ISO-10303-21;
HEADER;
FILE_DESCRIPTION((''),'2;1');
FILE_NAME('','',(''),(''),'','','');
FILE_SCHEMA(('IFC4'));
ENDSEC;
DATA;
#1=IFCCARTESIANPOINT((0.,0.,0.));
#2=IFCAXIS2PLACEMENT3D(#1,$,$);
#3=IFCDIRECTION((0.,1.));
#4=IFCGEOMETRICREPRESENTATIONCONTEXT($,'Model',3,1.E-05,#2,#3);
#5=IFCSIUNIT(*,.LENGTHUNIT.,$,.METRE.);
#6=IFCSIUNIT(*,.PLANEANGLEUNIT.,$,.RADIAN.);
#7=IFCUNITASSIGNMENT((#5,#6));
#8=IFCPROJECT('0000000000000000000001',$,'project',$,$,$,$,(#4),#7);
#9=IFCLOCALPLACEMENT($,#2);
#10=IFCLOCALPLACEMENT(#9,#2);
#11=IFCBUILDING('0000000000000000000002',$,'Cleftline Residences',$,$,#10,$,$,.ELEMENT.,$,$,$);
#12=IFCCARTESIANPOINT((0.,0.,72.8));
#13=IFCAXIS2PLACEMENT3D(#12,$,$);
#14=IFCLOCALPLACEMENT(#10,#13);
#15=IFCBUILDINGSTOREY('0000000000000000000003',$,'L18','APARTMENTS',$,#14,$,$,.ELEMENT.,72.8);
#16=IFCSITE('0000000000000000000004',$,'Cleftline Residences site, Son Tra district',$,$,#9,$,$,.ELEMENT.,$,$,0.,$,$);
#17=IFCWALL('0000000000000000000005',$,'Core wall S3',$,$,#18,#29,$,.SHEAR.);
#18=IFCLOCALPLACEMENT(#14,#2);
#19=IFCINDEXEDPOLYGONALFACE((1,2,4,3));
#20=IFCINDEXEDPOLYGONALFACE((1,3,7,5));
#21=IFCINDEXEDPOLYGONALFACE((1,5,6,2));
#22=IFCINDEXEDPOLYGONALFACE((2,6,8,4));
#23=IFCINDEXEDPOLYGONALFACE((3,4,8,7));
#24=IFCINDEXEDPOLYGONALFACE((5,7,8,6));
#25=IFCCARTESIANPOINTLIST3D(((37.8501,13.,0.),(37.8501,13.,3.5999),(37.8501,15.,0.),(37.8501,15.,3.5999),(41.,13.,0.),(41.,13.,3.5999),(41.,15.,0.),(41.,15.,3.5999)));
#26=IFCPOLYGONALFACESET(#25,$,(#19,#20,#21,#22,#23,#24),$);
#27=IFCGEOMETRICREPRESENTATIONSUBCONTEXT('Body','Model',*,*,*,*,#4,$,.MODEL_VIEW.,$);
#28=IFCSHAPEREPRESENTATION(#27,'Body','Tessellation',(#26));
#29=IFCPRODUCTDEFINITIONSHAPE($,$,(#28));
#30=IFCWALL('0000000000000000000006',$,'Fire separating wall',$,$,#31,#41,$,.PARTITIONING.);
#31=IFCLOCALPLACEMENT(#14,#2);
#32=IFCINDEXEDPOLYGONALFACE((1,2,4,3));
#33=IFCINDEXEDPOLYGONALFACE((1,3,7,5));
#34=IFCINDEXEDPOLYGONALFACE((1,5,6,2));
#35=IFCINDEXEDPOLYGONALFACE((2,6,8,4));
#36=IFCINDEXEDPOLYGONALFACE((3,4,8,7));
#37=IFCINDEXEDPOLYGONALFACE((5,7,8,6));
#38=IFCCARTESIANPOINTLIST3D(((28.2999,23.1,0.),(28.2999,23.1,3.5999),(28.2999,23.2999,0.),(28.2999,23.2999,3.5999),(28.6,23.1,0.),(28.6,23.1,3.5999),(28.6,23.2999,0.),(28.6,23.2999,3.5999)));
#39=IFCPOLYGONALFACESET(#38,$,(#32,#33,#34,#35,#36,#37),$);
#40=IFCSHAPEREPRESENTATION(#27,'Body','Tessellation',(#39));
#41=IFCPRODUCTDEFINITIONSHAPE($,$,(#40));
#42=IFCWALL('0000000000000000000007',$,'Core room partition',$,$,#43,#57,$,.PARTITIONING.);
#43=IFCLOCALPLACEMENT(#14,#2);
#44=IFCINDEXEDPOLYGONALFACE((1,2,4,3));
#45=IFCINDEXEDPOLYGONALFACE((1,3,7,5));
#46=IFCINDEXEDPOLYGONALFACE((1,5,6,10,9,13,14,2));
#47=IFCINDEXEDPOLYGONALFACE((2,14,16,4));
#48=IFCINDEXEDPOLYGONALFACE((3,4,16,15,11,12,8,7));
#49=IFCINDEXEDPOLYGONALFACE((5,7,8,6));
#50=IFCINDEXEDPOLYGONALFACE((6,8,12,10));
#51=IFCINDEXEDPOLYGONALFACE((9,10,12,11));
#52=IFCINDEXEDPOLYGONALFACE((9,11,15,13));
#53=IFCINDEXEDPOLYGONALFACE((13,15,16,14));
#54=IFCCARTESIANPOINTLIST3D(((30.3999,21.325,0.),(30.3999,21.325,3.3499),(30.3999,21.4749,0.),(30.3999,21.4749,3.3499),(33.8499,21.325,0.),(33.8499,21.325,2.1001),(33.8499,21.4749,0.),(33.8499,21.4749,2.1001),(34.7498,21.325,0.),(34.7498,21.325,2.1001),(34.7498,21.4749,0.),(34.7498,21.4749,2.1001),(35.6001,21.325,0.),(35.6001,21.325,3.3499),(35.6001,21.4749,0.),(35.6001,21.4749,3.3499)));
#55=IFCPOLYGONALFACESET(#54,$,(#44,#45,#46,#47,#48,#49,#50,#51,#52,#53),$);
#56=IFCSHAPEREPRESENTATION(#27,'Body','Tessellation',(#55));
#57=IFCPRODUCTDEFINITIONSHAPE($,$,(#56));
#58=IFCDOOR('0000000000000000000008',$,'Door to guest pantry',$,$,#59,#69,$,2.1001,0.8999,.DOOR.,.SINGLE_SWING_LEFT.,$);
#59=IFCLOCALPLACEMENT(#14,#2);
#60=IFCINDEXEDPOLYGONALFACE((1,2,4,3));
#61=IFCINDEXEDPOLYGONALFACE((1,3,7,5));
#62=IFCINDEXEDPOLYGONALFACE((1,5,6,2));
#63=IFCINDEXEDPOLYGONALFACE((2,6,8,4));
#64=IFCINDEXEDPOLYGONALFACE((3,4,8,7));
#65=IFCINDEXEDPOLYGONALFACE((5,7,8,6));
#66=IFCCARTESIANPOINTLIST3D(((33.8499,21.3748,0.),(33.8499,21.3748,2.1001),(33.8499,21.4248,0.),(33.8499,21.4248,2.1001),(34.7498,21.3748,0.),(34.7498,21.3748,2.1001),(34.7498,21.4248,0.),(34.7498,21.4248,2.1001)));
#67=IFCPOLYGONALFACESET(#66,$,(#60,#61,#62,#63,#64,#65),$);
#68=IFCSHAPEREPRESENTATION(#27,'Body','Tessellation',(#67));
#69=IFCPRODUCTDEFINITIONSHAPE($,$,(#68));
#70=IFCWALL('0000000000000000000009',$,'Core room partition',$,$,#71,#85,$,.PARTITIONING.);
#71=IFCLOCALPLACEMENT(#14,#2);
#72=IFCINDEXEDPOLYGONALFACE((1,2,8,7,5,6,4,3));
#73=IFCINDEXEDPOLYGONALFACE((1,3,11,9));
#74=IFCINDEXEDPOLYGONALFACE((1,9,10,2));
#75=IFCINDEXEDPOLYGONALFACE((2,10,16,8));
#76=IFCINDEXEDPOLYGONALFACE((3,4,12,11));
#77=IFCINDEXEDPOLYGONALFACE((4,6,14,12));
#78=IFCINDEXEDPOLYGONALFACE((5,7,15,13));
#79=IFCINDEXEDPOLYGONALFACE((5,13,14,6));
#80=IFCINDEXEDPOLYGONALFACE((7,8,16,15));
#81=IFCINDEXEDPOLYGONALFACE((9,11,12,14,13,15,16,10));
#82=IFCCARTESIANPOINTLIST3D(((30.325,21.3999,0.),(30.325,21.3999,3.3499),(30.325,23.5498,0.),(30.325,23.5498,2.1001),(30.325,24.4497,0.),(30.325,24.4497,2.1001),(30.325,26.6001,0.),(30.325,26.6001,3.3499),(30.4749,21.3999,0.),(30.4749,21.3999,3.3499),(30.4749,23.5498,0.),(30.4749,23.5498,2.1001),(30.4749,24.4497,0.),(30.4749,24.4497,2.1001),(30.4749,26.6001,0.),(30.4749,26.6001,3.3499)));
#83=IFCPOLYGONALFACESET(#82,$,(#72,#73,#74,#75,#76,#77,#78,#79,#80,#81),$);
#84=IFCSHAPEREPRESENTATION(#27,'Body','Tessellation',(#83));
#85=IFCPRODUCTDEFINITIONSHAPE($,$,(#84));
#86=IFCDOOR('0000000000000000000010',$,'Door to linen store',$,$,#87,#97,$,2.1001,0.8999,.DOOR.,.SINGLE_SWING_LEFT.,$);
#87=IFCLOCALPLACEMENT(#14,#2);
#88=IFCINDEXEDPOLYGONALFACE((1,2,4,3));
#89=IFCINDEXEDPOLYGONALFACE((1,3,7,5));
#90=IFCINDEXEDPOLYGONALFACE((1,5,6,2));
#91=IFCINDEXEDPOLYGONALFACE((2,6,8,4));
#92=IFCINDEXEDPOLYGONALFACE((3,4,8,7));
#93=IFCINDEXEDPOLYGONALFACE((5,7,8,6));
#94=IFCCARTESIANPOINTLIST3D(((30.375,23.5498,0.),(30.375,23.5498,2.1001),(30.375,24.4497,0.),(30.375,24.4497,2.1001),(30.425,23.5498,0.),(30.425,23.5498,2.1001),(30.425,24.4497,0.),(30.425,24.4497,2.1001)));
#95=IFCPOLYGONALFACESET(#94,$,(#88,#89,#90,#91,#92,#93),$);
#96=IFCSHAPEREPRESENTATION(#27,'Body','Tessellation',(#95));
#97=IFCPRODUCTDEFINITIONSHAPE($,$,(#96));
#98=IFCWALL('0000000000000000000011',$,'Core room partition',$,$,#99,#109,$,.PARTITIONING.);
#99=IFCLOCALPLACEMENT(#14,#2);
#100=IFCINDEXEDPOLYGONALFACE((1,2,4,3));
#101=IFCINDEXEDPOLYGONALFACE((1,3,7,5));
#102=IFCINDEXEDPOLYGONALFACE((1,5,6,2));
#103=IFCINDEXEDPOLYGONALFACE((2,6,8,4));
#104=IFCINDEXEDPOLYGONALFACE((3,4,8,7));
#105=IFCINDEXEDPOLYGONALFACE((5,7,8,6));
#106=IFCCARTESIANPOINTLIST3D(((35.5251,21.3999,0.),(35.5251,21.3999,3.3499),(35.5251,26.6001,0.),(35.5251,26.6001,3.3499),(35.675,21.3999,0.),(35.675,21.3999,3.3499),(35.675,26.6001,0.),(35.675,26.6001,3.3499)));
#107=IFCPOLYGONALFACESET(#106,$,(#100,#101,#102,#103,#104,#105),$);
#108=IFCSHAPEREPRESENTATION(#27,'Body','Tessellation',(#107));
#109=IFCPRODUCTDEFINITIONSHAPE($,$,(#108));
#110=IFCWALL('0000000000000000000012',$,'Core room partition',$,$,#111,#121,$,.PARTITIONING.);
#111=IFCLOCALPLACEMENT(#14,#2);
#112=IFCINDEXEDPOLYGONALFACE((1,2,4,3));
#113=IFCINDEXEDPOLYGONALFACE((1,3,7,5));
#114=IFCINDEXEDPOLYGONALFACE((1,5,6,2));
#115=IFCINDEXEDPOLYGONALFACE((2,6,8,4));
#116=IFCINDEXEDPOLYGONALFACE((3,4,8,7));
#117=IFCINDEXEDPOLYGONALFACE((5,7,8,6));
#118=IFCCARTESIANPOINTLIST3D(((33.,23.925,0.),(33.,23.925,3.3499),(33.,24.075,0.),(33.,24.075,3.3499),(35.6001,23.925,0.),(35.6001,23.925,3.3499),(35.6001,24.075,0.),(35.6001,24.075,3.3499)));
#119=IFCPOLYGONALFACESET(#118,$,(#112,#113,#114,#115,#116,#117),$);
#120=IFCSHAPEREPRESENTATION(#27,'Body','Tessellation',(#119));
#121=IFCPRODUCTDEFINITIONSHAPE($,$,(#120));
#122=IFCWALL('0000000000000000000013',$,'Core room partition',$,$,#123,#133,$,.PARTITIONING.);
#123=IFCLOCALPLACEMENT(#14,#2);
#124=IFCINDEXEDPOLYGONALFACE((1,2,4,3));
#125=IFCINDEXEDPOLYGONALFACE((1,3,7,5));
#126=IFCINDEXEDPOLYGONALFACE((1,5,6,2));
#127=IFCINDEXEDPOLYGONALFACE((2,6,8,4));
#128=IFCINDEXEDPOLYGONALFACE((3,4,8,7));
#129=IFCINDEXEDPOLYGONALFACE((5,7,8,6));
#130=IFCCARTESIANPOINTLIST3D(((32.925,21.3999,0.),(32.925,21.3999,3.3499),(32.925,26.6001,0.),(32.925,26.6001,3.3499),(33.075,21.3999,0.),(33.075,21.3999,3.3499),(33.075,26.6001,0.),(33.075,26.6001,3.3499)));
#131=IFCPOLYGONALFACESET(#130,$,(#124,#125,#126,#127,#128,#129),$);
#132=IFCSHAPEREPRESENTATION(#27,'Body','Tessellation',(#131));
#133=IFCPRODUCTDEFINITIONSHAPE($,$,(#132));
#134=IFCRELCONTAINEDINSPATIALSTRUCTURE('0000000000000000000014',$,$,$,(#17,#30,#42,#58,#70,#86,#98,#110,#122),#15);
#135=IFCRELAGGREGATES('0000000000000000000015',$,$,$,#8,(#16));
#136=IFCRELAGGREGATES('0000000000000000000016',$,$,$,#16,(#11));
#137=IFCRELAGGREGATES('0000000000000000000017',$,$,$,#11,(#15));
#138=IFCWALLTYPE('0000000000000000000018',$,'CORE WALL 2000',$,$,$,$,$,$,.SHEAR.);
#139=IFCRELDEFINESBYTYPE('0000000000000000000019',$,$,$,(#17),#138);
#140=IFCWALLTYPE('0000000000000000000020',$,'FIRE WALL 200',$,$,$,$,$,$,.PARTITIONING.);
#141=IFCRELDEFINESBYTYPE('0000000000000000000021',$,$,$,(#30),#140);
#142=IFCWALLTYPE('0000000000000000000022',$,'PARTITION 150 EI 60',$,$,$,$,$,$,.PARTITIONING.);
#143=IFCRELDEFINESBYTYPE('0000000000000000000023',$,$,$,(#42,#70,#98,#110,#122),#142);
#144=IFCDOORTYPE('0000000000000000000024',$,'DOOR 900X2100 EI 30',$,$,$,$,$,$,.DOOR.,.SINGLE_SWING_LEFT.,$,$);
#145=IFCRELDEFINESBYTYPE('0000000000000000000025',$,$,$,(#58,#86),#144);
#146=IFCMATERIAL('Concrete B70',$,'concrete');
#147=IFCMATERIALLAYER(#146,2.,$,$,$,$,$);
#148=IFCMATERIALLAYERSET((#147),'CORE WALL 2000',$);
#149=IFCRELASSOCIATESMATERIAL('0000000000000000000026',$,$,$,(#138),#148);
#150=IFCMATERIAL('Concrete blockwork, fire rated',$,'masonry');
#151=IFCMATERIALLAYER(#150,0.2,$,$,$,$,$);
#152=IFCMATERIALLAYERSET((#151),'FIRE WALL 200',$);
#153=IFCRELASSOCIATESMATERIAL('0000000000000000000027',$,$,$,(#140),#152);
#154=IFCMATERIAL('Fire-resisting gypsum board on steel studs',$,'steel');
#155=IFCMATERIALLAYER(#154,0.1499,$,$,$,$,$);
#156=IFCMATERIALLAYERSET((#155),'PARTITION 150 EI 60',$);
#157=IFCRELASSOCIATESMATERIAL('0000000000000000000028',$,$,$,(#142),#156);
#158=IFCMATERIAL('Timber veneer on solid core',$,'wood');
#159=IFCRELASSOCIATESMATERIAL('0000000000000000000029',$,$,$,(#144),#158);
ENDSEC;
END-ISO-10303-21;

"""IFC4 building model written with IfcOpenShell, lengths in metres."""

from ifc_helpers import new_model, si_unit, direction, frame, frame_2d, origin, place, context, subcontext, project, spatial, rectangle, extrude, material, layer, layer_set, type_object, element, fill, save


model = new_model("IFC4")

# Units and contexts
model_context = context("Model", 3, precision=1e-05, world=origin(), true_north=direction((0.0, 1.0)))
body_context = subcontext(model_context, "Body", "Model", "MODEL_VIEW")
ifc_project = project(units=[si_unit("LENGTHUNIT", "METRE"), si_unit("PLANEANGLEUNIT", "RADIAN")], contexts=[model_context])

# Site, building, storey
site_placement = place(None, origin())
site = spatial("IfcSite", under=ifc_project, at=site_placement, Name="Cleftline Residences site, Son Tra district", CompositionType="ELEMENT", RefElevation=0.0)
building_placement = place(site_placement, origin())
building = spatial("IfcBuilding", under=site, at=building_placement, Name="Cleftline Residences", CompositionType="ELEMENT")
storey_placement = place(building_placement, frame((0.0, 0.0, 72.8)))
storey = spatial("IfcBuildingStorey", under=building, at=storey_placement, Name="L18", Description="APARTMENTS", CompositionType="ELEMENT", Elevation=72.8)

# Walls
ifc_material_1 = material(Name="Concrete B70", Category="concrete")
ifc_layer_1 = layer(ifc_material_1, 2.0)
ifc_layer_set_1 = layer_set([ifc_layer_1], Name="CORE WALL 2000")
wall_type_1 = type_object("IfcWallType", Name="CORE WALL 2000", PredefinedType="SHEAR", material=ifc_layer_set_1)
wall_1_placement = place(storey_placement, frame((37.8501, 14.0, 0.0), z_axis=(0.0, 0.0, 1.0), x_axis=(1.0, 0.0, 0.0)))
element("IfcWall", 1, at=wall_1_placement, inside=storey, type_object=wall_type_1, Name="Core wall S3", PredefinedType="SHEAR", context=body_context, shape_type="SweptSolid", body=[
    extrude(rectangle(XDim=3.1499, YDim=2.0, at=frame_2d((1.575, 0.0))), origin(), (0.0, 0.0, 1.0), 3.5999),
])
ifc_material_2 = material(Name="Concrete blockwork, fire rated", Category="masonry")
ifc_layer_2 = layer(ifc_material_2, 0.2)
ifc_layer_set_2 = layer_set([ifc_layer_2], Name="FIRE WALL 200")
wall_type_2 = type_object("IfcWallType", Name="FIRE WALL 200", PredefinedType="PARTITIONING", material=ifc_layer_set_2)
wall_2_placement = place(storey_placement, frame((28.3, 23.2, 0.0), z_axis=(0.0, 0.0, 1.0), x_axis=(1.0, 0.0, 0.0)))
element("IfcWall", 2, at=wall_2_placement, inside=storey, type_object=wall_type_2, Name="Fire separating wall", PredefinedType="PARTITIONING", context=body_context, shape_type="SweptSolid", body=[
    extrude(rectangle(XDim=0.3, YDim=0.2, at=frame_2d((0.1499, 0.0))), origin(), (0.0, 0.0, 1.0), 3.5999),
])

# Walls, openings, doors
ifc_material_3 = material(Name="Fire-resisting gypsum board on steel studs", Category="steel")
ifc_layer_3 = layer(ifc_material_3, 0.1499)
ifc_layer_set_3 = layer_set([ifc_layer_3], Name="PARTITION 150 EI 60")
wall_type_3 = type_object("IfcWallType", Name="PARTITION 150 EI 60", PredefinedType="PARTITIONING", material=ifc_layer_set_3)
wall_3_placement = place(storey_placement, frame((30.3999, 21.3999, 0.0), z_axis=(0.0, 0.0, 1.0), x_axis=(1.0, 0.0, 0.0)))
wall_3 = element("IfcWall", 3, at=wall_3_placement, inside=storey, type_object=wall_type_3, Name="Core room partition", PredefinedType="PARTITIONING", context=body_context, shape_type="SweptSolid", body=[
    extrude(rectangle(XDim=5.2002, YDim=0.1499, at=frame_2d((2.6001, 0.0))), origin(), (0.0, 0.0, 1.0), 3.3499),
])
opening_1_placement = place(wall_3_placement, frame((3.45, 0.0, 0.0)))
opening_1 = element("IfcOpeningElement", 4, at=opening_1_placement, cuts=wall_3, PredefinedType="OPENING", context=body_context, shape_type="SweptSolid", body=[
    extrude(rectangle(XDim=0.8999, YDim=2.1001, at=frame_2d((0.45, 1.05))), frame((0.0, 0.085, 0.0), z_axis=(0.0, -1.0, 0.0), x_axis=(1.0, 0.0, 0.0)), (0.0, 0.0, 1.0), 0.1699),
])
ifc_material_4 = material(Name="Timber veneer on solid core", Category="wood")
door_type_1 = type_object("IfcDoorType", Name="DOOR 900X2100 EI 30", OperationType="SINGLE_SWING_LEFT", PredefinedType="DOOR", material=ifc_material_4)
door_1_placement = place(opening_1_placement, origin())
door_1 = element("IfcDoor", 5, at=door_1_placement, inside=storey, type_object=door_type_1, Name="Door to guest pantry", OperationType="SINGLE_SWING_LEFT", OverallHeight=2.1001, OverallWidth=0.8999, PredefinedType="DOOR", context=body_context, shape_type="SweptSolid", body=[
    extrude(rectangle(XDim=0.8999, YDim=2.1001, at=frame_2d((0.45, 1.05))), frame((0.0, 0.0249, 0.0), z_axis=(0.0, -1.0, 0.0), x_axis=(1.0, 0.0, 0.0)), (0.0, 0.0, 1.0), 0.05),
])
fill(opening_1, door_1)
wall_4_placement = place(storey_placement, frame((30.3999, 21.3999, 0.0), z_axis=(0.0, 0.0, 1.0), x_axis=(0.0, 1.0, 0.0)))
wall_4 = element("IfcWall", 6, at=wall_4_placement, inside=storey, type_object=wall_type_3, Name="Core room partition", PredefinedType="PARTITIONING", context=body_context, shape_type="SweptSolid", body=[
    extrude(rectangle(XDim=5.2002, YDim=0.1499, at=frame_2d((2.6001, 0.0))), origin(), (0.0, 0.0, 1.0), 3.3499),
])
opening_2_placement = place(wall_4_placement, frame((2.1499, 0.0, 0.0)))
opening_2 = element("IfcOpeningElement", 7, at=opening_2_placement, cuts=wall_4, PredefinedType="OPENING", context=body_context, shape_type="SweptSolid", body=[
    extrude(rectangle(XDim=0.8999, YDim=2.1001, at=frame_2d((0.45, 1.05))), frame((0.0, 0.085, 0.0), z_axis=(0.0, -1.0, 0.0), x_axis=(1.0, 0.0, 0.0)), (0.0, 0.0, 1.0), 0.1699),
])
door_2_placement = place(opening_2_placement, origin())
door_2 = element("IfcDoor", 8, at=door_2_placement, inside=storey, type_object=door_type_1, Name="Door to linen store", OperationType="SINGLE_SWING_LEFT", OverallHeight=2.1001, OverallWidth=0.8999, PredefinedType="DOOR", context=body_context, shape_type="SweptSolid", body=[
    extrude(rectangle(XDim=0.8999, YDim=2.1001, at=frame_2d((0.45, 1.05))), frame((0.0, 0.0249, 0.0), z_axis=(0.0, -1.0, 0.0), x_axis=(1.0, 0.0, 0.0)), (0.0, 0.0, 1.0), 0.05),
])
fill(opening_2, door_2)

# Walls
wall_5_placement = place(storey_placement, frame((35.6001, 21.3999, 0.0), z_axis=(0.0, 0.0, 1.0), x_axis=(0.0, 1.0, 0.0)))
element("IfcWall", 9, at=wall_5_placement, inside=storey, type_object=wall_type_3, Name="Core room partition", PredefinedType="PARTITIONING", context=body_context, shape_type="SweptSolid", body=[
    extrude(rectangle(XDim=5.2002, YDim=0.1499, at=frame_2d((2.6001, 0.0))), origin(), (0.0, 0.0, 1.0), 3.3499),
])
wall_6_placement = place(storey_placement, frame((33.0, 24.0, 0.0), z_axis=(0.0, 0.0, 1.0), x_axis=(1.0, 0.0, 0.0)))
element("IfcWall", 10, at=wall_6_placement, inside=storey, type_object=wall_type_3, Name="Core room partition", PredefinedType="PARTITIONING", context=body_context, shape_type="SweptSolid", body=[
    extrude(rectangle(XDim=2.6001, YDim=0.1499, at=frame_2d((1.3, 0.0))), origin(), (0.0, 0.0, 1.0), 3.3499),
])
wall_7_placement = place(storey_placement, frame((33.0, 21.3999, 0.0), z_axis=(0.0, 0.0, 1.0), x_axis=(0.0, 1.0, 0.0)))
element("IfcWall", 11, at=wall_7_placement, inside=storey, type_object=wall_type_3, Name="Core room partition", PredefinedType="PARTITIONING", context=body_context, shape_type="SweptSolid", body=[
    extrude(rectangle(XDim=5.2002, YDim=0.1499, at=frame_2d((2.6001, 0.0))), origin(), (0.0, 0.0, 1.0), 3.3499),
])

save(model, "model.ifc")
